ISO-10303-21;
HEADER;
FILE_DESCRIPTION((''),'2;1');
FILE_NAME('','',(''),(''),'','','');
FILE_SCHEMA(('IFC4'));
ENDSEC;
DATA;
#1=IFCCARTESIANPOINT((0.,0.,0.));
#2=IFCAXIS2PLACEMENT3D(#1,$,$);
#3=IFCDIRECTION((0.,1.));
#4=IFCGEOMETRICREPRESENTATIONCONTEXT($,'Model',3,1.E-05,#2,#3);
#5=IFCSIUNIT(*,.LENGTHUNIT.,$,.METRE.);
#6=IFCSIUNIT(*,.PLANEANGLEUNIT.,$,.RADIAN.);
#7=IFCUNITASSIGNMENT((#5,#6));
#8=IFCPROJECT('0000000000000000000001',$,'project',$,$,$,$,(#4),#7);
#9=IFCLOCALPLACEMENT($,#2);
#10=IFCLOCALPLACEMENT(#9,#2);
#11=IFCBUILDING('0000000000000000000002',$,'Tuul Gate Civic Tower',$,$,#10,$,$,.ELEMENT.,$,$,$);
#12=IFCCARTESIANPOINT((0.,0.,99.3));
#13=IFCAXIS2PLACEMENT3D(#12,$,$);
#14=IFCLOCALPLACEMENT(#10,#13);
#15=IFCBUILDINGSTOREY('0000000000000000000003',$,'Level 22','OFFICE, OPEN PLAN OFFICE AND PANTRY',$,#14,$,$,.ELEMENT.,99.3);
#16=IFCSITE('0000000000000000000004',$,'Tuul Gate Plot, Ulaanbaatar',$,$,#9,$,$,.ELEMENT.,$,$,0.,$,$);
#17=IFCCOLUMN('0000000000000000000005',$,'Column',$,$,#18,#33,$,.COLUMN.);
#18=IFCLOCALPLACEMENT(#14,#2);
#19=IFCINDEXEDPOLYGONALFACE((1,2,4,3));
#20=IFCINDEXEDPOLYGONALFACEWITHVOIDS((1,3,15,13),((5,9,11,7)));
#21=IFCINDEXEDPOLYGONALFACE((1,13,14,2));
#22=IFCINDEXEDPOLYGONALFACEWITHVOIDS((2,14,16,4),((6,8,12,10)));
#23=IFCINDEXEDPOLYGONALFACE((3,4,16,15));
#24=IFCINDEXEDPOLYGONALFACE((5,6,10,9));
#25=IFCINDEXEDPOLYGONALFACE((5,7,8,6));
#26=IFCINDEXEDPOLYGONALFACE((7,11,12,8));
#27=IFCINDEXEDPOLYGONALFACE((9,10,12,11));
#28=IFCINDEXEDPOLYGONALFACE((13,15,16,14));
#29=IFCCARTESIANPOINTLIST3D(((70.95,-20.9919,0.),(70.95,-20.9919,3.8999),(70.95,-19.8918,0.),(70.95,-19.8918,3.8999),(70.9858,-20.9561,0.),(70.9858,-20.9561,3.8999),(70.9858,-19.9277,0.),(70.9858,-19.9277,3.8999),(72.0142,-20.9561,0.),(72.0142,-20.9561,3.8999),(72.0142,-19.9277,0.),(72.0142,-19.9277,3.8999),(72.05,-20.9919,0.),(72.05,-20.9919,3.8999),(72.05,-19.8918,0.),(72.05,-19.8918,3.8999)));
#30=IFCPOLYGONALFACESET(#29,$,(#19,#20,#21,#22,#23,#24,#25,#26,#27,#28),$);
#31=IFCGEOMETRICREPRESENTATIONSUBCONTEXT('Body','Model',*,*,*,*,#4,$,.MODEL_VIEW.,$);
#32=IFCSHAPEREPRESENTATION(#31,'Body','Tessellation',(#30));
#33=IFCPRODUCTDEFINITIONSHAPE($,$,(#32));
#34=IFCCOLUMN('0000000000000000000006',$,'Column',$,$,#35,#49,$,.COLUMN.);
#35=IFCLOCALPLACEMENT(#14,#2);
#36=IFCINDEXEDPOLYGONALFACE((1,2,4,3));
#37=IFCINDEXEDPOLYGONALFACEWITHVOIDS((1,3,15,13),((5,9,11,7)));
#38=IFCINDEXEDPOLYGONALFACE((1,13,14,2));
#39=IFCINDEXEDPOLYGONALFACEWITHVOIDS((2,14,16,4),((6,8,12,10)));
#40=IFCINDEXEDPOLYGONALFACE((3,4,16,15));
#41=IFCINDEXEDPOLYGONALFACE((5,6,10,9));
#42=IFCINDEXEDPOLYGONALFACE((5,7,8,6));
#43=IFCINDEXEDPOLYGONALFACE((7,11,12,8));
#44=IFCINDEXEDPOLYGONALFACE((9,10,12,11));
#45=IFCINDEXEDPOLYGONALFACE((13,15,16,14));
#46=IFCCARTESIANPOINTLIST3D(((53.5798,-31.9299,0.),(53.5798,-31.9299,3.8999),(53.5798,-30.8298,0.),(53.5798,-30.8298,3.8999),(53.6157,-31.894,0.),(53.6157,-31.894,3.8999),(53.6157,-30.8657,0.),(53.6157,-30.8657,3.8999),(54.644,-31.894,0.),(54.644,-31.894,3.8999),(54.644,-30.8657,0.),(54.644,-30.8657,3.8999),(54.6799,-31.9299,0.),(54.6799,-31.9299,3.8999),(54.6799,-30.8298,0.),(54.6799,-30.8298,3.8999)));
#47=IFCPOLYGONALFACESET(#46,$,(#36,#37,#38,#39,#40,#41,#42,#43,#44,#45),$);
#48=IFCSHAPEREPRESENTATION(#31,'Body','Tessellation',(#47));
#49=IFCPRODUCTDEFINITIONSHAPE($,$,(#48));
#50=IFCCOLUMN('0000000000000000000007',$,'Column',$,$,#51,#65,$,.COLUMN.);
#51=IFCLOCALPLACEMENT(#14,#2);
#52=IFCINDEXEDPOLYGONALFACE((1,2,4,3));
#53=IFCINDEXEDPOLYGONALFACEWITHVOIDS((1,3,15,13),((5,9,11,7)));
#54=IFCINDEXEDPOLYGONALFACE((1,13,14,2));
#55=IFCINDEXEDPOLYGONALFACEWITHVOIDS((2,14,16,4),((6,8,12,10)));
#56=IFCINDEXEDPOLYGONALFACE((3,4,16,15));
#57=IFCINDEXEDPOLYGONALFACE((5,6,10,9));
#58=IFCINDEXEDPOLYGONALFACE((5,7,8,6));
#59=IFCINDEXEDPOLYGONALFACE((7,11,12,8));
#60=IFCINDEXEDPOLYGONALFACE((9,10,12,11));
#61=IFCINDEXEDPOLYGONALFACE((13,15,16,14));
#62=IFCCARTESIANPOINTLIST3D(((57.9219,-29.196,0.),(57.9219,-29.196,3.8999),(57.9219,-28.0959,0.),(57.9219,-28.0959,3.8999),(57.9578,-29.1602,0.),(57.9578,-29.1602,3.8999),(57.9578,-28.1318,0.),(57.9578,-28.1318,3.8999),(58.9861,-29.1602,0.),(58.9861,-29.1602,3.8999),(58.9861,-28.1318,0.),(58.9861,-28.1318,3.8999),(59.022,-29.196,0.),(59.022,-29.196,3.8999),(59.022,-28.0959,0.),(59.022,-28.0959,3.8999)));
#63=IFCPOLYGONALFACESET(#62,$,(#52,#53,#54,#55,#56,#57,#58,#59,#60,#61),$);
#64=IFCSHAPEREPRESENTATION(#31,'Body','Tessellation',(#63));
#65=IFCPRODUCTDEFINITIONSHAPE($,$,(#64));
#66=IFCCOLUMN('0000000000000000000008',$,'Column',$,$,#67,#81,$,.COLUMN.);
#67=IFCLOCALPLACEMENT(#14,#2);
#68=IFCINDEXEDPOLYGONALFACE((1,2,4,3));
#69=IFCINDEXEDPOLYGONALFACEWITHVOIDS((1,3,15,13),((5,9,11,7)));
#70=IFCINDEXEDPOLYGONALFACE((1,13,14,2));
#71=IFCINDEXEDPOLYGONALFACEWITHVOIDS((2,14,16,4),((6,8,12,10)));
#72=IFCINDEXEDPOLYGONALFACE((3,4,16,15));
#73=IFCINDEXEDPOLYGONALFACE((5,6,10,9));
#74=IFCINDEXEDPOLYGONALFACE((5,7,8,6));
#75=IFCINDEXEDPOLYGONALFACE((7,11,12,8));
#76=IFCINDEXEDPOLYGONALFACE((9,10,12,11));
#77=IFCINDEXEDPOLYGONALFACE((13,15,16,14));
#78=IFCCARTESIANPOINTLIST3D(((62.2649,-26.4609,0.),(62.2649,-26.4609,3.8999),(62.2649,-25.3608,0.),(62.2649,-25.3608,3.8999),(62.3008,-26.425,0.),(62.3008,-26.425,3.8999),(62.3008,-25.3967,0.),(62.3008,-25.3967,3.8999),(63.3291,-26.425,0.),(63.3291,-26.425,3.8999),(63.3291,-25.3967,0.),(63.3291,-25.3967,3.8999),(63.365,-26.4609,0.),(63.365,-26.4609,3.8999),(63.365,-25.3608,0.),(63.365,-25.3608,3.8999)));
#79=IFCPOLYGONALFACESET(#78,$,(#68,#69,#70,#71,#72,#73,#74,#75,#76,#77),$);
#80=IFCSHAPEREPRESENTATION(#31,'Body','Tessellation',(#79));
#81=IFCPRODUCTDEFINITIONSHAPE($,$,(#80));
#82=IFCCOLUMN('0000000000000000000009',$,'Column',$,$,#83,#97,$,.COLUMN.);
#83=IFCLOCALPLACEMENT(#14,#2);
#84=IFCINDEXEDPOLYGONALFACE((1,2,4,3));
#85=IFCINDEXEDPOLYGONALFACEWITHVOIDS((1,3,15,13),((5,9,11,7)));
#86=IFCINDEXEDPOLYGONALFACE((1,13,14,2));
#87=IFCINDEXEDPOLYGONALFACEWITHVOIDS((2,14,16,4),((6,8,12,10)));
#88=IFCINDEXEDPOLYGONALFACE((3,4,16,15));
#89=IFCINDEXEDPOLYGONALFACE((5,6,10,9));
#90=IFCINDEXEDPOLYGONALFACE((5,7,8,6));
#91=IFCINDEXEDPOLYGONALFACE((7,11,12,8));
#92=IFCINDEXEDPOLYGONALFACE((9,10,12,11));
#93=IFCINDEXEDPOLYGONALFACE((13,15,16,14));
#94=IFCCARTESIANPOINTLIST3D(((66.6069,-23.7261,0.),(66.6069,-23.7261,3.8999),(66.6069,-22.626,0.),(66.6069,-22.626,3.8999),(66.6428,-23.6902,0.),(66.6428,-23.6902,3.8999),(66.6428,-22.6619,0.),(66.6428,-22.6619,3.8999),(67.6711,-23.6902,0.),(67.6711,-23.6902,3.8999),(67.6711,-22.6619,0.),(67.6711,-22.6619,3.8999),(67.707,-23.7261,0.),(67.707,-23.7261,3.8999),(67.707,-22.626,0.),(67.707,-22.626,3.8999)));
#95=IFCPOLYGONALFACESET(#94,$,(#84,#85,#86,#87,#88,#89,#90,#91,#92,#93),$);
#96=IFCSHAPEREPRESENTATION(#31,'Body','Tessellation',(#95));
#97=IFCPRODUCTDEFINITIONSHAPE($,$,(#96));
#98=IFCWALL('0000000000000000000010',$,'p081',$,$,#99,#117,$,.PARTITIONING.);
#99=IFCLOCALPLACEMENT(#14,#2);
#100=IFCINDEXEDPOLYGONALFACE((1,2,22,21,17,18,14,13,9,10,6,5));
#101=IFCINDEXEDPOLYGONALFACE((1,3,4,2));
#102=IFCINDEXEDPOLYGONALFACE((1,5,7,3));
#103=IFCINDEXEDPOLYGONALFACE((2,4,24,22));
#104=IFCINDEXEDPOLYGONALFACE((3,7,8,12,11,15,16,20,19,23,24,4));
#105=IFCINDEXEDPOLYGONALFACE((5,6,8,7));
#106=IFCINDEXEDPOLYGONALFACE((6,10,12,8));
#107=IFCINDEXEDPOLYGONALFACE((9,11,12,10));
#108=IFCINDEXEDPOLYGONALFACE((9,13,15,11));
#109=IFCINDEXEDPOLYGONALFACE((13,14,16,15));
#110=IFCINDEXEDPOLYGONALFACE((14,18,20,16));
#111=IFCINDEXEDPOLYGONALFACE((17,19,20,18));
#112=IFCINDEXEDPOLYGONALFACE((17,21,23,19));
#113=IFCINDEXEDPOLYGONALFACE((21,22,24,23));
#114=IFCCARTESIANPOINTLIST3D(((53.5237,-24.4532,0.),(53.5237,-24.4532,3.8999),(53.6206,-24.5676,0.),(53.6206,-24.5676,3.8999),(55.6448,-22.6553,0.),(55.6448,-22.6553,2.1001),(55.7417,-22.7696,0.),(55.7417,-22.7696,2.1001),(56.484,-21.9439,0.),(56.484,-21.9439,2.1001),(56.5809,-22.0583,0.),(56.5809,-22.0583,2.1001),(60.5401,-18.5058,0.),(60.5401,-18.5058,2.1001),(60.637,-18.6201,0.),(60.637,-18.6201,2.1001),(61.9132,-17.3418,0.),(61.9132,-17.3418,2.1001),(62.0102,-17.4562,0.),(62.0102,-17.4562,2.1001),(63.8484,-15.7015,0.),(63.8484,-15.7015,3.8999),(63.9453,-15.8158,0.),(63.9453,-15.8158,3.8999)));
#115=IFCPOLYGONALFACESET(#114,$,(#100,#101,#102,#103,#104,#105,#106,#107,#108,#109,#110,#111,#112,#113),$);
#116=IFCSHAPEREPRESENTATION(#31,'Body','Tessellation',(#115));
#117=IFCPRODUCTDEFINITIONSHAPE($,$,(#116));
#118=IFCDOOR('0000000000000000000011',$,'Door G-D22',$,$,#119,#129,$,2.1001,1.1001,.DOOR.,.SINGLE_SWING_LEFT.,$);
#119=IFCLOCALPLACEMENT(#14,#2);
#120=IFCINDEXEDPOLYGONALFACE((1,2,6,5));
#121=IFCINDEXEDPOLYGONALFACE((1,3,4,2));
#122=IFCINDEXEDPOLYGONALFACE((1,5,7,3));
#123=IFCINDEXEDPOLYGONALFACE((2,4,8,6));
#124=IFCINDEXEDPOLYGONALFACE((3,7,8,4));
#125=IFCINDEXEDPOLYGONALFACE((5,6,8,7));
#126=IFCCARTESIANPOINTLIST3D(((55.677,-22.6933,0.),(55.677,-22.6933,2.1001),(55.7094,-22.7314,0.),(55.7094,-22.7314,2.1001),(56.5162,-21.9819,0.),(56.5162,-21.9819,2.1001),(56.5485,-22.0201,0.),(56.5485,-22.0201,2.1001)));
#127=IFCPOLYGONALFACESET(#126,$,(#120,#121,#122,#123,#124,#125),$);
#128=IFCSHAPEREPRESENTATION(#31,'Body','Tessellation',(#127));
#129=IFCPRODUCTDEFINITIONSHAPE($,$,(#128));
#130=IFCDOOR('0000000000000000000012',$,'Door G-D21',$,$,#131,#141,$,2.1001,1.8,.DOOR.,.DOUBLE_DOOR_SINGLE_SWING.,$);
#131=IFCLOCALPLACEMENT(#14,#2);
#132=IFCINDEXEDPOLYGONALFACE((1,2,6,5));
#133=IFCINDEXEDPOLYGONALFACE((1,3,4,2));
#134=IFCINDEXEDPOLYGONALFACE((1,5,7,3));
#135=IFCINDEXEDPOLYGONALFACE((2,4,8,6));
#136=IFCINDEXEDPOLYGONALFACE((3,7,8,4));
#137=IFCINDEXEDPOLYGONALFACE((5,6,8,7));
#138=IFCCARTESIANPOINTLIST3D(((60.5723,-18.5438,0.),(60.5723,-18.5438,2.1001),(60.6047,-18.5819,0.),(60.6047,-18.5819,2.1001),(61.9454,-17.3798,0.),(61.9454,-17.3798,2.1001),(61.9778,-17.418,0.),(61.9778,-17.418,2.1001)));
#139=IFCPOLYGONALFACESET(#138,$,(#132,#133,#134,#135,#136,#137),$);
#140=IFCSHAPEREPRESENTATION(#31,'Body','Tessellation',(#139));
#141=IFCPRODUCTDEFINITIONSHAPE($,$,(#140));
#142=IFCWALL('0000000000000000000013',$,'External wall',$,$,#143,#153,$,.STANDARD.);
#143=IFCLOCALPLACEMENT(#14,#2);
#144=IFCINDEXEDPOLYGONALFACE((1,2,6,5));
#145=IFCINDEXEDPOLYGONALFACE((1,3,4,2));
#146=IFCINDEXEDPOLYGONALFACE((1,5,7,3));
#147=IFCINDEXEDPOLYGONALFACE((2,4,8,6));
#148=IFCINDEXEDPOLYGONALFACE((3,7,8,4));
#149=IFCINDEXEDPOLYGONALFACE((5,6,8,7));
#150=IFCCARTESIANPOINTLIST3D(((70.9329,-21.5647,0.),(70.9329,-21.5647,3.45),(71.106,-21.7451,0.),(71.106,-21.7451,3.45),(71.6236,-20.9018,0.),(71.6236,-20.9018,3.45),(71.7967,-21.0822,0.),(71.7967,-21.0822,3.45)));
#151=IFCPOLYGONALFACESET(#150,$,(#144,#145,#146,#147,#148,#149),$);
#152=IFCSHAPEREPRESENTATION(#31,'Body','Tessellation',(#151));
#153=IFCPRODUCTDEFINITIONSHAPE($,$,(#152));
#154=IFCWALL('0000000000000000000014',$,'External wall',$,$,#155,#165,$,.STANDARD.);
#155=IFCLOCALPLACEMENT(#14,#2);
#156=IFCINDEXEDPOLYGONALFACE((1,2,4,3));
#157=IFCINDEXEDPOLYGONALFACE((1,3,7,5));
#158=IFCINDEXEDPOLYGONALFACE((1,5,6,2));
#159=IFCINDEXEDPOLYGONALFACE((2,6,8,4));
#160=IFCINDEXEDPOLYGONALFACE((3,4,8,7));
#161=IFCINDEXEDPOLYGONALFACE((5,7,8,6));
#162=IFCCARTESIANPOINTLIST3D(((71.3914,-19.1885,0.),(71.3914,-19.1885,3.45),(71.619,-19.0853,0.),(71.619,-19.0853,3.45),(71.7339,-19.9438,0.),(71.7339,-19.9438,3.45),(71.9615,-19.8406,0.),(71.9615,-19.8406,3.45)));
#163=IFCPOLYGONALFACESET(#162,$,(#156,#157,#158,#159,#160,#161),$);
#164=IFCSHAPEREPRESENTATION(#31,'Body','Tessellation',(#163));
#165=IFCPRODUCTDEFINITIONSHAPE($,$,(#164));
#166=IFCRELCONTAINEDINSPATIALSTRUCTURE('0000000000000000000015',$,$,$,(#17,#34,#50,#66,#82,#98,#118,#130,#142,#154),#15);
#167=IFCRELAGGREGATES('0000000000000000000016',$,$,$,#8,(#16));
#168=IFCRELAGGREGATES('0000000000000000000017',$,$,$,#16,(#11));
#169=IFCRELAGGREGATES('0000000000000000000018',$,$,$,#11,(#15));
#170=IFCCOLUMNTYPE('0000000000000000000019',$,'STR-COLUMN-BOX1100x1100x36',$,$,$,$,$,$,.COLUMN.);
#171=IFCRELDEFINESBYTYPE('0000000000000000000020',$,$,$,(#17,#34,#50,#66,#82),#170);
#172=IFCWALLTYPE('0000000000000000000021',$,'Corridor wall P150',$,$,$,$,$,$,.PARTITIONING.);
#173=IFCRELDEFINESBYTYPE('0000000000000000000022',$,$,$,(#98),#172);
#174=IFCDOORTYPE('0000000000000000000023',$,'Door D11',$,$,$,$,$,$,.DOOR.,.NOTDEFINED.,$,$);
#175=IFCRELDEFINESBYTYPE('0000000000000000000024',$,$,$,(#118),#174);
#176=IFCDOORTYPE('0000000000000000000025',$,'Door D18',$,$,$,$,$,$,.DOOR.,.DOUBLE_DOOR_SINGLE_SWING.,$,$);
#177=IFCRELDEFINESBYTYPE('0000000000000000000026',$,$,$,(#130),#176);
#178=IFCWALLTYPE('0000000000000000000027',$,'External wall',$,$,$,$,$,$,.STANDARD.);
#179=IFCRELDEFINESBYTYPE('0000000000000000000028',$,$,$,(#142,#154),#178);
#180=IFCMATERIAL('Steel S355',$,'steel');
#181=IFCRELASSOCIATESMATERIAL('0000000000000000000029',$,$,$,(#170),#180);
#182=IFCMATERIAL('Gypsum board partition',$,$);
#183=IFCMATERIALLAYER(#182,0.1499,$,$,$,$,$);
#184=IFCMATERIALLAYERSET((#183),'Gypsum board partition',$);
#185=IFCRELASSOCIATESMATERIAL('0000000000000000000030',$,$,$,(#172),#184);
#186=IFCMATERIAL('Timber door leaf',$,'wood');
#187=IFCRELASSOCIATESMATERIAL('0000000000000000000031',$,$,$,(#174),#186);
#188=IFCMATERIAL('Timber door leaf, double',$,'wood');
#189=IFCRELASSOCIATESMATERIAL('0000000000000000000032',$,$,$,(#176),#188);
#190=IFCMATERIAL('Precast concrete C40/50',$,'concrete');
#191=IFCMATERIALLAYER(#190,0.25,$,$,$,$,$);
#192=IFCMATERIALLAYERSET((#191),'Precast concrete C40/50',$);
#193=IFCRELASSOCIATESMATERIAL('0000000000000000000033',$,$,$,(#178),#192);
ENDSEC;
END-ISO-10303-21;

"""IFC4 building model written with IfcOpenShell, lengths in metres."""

from ifc_helpers import new_model, si_unit, direction, frame, frame_2d, origin, origin_2d, place, context, subcontext, project, spatial, rectangle, hollow_rectangle, extrude, material, layer, layer_set, material_profile, profile_set, type_object, element, fill, save


model = new_model("IFC4")

# Units and contexts
model_context = context("Model", 3, precision=1e-05, world=origin(), true_north=direction((0.0, 1.0)))
body_context = subcontext(model_context, "Body", "Model", "MODEL_VIEW")
ifc_project = project(units=[si_unit("LENGTHUNIT", "METRE"), si_unit("PLANEANGLEUNIT", "RADIAN")], contexts=[model_context])

# Site, building, storey
site_placement = place(None, origin())
site = spatial("IfcSite", under=ifc_project, at=site_placement, Name="Tuul Gate Plot, Ulaanbaatar", CompositionType="ELEMENT", RefElevation=0.0)
building_placement = place(site_placement, origin())
building = spatial("IfcBuilding", under=site, at=building_placement, Name="Tuul Gate Civic Tower", CompositionType="ELEMENT")
storey_placement = place(building_placement, frame((0.0, 0.0, 99.3)))
storey = spatial("IfcBuildingStorey", under=building, at=storey_placement, Name="Level 22", Description="OFFICE, OPEN PLAN OFFICE AND PANTRY", CompositionType="ELEMENT", Elevation=99.3)

# Columns
ifc_material_1 = material(Name="Steel S355", Category="steel")
ifc_material_profile_1 = material_profile(ifc_material_1, hollow_rectangle(XDim=1.1001, YDim=1.1001, WallThickness=0.0359, at=origin_2d()), Name="BOX1100x1100x36")
ifc_profile_set_1 = profile_set([ifc_material_profile_1], Name="Steel S355")
column_type = type_object("IfcColumnType", Name="STR-COLUMN-BOX1100x1100x36", PredefinedType="COLUMN", material=ifc_profile_set_1)
for number, where, z_axis, x_axis, name in (
    (1, (71.5, -20.4419, 0.0), (0.0, 0.0, 1.0), (1.0, 0.0, 0.0), "Column"),
    (2, (54.1299, -31.3799, 0.0), (0.0, 0.0, 1.0), (1.0, 0.0, 0.0), "Column"),
    (3, (58.4719, -28.646, 0.0), (0.0, 0.0, 1.0), (1.0, 0.0, 0.0), "Column"),
    (4, (62.8149, -25.9109, 0.0), (0.0, 0.0, 1.0), (1.0, 0.0, 0.0), "Column"),
    (5, (67.157, -23.176, 0.0), (0.0, 0.0, 1.0), (1.0, 0.0, 0.0), "Column"),
):
    element("IfcColumn", number, at=place(storey_placement, frame(where, z_axis=z_axis, x_axis=x_axis)), inside=storey, type_object=column_type, Name=name, PredefinedType="COLUMN", context=body_context, shape_type="SweptSolid", body=[
        extrude(hollow_rectangle(XDim=1.1001, YDim=1.1001, WallThickness=0.0359, at=origin_2d()), origin(), (0.0, 0.0, 1.0), 3.8999),
    ])

# Wall, openings, doors
ifc_material_2 = material(Name="Gypsum board partition")
ifc_layer_1 = layer(ifc_material_2, 0.1499)
ifc_layer_set_1 = layer_set([ifc_layer_1], Name="Gypsum board partition")
wall_type_1 = type_object("IfcWallType", Name="Corridor wall P150", PredefinedType="PARTITIONING", material=ifc_layer_set_1)
wall_1_placement = place(storey_placement, frame((53.572, -24.5105, 0.0), z_axis=(0.0, 0.0, 1.0), x_axis=(0.762824, 0.646606, 0.0)))
wall_1 = element("IfcWall", 6, at=wall_1_placement, inside=storey, type_object=wall_type_1, Name="p081", PredefinedType="PARTITIONING", context=body_context, shape_type="SweptSolid", body=[
    extrude(rectangle(XDim=13.5349, YDim=0.1499, at=frame_2d((6.7676, 0.0))), origin(), (0.0, 0.0, 1.0), 3.8999),
])
opening_1_placement = place(wall_1_placement, frame((9.1982, 0.0, 0.0)))
opening_1 = element("IfcOpeningElement", 7, at=opening_1_placement, cuts=wall_1, PredefinedType="OPENING", context=body_context, shape_type="SweptSolid", body=[
    extrude(rectangle(XDim=1.8, YDim=2.1001, at=frame_2d((0.8999, 1.05))), frame((0.0, 0.085, 0.0), z_axis=(0.0, -1.0, 0.0), x_axis=(1.0, 0.0, 0.0)), (0.0, 0.0, 1.0), 0.1699),
])
opening_2_placement = place(wall_1_placement, frame((2.7808, 0.0, 0.0)))
opening_2 = element("IfcOpeningElement", 8, at=opening_2_placement, cuts=wall_1, PredefinedType="OPENING", context=body_context, shape_type="SweptSolid", body=[
    extrude(rectangle(XDim=1.1001, YDim=2.1001, at=frame_2d((0.55, 1.05))), frame((0.0, 0.085, 0.0), z_axis=(0.0, -1.0, 0.0), x_axis=(1.0, 0.0, 0.0)), (0.0, 0.0, 1.0), 0.1699),
])
ifc_material_3 = material(Name="Timber door leaf", Category="wood")
door_type_1 = type_object("IfcDoorType", Name="Door D11", OperationType="NOTDEFINED", PredefinedType="DOOR", material=ifc_material_3)
door_1_placement = place(opening_2_placement, frame((1.1001, 0.0, 0.0), z_axis=(0.0, 0.0, 1.0), x_axis=(-1.0, 0.0, 0.0)))
door_1 = element("IfcDoor", 9, at=door_1_placement, inside=storey, type_object=door_type_1, Name="Door G-D22", OperationType="SINGLE_SWING_LEFT", OverallHeight=2.1001, OverallWidth=1.1001, PredefinedType="DOOR", context=body_context, shape_type="SweptSolid", body=[
    extrude(rectangle(XDim=1.1001, YDim=2.1001, at=frame_2d((0.55, 1.05))), frame((0.0, 0.0249, 0.0), z_axis=(0.0, -1.0, 0.0), x_axis=(1.0, 0.0, 0.0)), (0.0, 0.0, 1.0), 0.05),
])
fill(opening_2, door_1)
ifc_material_4 = material(Name="Timber door leaf, double", Category="wood")
door_type_2 = type_object("IfcDoorType", Name="Door D18", OperationType="DOUBLE_DOOR_SINGLE_SWING", PredefinedType="DOOR", material=ifc_material_4)
door_2_placement = place(opening_1_placement, frame((1.8, 0.0, 0.0), z_axis=(0.0, 0.0, 1.0), x_axis=(-1.0, 0.0, 0.0)))
door_2 = element("IfcDoor", 10, at=door_2_placement, inside=storey, type_object=door_type_2, Name="Door G-D21", OperationType="DOUBLE_DOOR_SINGLE_SWING", OverallHeight=2.1001, OverallWidth=1.8, PredefinedType="DOOR", context=body_context, shape_type="SweptSolid", body=[
    extrude(rectangle(XDim=1.8, YDim=2.1001, at=frame_2d((0.9001, 1.05))), frame((0.0, 0.0249, 0.0), z_axis=(0.0, -1.0, 0.0), x_axis=(1.0, 0.0, 0.0)), (0.0, 0.0, 1.0), 0.05),
])
fill(opening_1, door_2)

# Walls
ifc_material_5 = material(Name="Precast concrete C40/50", Category="concrete")
ifc_layer_2 = layer(ifc_material_5, 0.25)
ifc_layer_set_2 = layer_set([ifc_layer_2], Name="Precast concrete C40/50")
wall_type_2 = type_object("IfcWallType", Name="External wall", PredefinedType="STANDARD", material=ifc_layer_set_2)
wall_2_placement = place(storey_placement, frame((71.0195, -21.6548, 0.0), z_axis=(0.0, 0.0, 1.0), x_axis=(0.721494, 0.69242, 0.0)))
element("IfcWall", 11, at=wall_2_placement, inside=storey, type_object=wall_type_2, Name="External wall", PredefinedType="STANDARD", context=body_context, shape_type="SweptSolid", body=[
    extrude(rectangle(XDim=0.9573, YDim=0.25, at=frame_2d((0.4785, 0.0))), origin(), (0.0, 0.0, 1.0), 3.45),
])
wall_3_placement = place(storey_placement, frame((71.8477, -19.8921, 0.0), z_axis=(0.0, 0.0, 1.0), x_axis=(-0.412982, 0.910739, 0.0)))
element("IfcWall", 12, at=wall_3_placement, inside=storey, type_object=wall_type_2, Name="External wall", PredefinedType="STANDARD", context=body_context, shape_type="SweptSolid", body=[
    extrude(rectangle(XDim=0.8293, YDim=0.25, at=frame_2d((0.4146, 0.0))), origin(), (0.0, 0.0, 1.0), 3.45),
])

save(model, "model.ifc")
